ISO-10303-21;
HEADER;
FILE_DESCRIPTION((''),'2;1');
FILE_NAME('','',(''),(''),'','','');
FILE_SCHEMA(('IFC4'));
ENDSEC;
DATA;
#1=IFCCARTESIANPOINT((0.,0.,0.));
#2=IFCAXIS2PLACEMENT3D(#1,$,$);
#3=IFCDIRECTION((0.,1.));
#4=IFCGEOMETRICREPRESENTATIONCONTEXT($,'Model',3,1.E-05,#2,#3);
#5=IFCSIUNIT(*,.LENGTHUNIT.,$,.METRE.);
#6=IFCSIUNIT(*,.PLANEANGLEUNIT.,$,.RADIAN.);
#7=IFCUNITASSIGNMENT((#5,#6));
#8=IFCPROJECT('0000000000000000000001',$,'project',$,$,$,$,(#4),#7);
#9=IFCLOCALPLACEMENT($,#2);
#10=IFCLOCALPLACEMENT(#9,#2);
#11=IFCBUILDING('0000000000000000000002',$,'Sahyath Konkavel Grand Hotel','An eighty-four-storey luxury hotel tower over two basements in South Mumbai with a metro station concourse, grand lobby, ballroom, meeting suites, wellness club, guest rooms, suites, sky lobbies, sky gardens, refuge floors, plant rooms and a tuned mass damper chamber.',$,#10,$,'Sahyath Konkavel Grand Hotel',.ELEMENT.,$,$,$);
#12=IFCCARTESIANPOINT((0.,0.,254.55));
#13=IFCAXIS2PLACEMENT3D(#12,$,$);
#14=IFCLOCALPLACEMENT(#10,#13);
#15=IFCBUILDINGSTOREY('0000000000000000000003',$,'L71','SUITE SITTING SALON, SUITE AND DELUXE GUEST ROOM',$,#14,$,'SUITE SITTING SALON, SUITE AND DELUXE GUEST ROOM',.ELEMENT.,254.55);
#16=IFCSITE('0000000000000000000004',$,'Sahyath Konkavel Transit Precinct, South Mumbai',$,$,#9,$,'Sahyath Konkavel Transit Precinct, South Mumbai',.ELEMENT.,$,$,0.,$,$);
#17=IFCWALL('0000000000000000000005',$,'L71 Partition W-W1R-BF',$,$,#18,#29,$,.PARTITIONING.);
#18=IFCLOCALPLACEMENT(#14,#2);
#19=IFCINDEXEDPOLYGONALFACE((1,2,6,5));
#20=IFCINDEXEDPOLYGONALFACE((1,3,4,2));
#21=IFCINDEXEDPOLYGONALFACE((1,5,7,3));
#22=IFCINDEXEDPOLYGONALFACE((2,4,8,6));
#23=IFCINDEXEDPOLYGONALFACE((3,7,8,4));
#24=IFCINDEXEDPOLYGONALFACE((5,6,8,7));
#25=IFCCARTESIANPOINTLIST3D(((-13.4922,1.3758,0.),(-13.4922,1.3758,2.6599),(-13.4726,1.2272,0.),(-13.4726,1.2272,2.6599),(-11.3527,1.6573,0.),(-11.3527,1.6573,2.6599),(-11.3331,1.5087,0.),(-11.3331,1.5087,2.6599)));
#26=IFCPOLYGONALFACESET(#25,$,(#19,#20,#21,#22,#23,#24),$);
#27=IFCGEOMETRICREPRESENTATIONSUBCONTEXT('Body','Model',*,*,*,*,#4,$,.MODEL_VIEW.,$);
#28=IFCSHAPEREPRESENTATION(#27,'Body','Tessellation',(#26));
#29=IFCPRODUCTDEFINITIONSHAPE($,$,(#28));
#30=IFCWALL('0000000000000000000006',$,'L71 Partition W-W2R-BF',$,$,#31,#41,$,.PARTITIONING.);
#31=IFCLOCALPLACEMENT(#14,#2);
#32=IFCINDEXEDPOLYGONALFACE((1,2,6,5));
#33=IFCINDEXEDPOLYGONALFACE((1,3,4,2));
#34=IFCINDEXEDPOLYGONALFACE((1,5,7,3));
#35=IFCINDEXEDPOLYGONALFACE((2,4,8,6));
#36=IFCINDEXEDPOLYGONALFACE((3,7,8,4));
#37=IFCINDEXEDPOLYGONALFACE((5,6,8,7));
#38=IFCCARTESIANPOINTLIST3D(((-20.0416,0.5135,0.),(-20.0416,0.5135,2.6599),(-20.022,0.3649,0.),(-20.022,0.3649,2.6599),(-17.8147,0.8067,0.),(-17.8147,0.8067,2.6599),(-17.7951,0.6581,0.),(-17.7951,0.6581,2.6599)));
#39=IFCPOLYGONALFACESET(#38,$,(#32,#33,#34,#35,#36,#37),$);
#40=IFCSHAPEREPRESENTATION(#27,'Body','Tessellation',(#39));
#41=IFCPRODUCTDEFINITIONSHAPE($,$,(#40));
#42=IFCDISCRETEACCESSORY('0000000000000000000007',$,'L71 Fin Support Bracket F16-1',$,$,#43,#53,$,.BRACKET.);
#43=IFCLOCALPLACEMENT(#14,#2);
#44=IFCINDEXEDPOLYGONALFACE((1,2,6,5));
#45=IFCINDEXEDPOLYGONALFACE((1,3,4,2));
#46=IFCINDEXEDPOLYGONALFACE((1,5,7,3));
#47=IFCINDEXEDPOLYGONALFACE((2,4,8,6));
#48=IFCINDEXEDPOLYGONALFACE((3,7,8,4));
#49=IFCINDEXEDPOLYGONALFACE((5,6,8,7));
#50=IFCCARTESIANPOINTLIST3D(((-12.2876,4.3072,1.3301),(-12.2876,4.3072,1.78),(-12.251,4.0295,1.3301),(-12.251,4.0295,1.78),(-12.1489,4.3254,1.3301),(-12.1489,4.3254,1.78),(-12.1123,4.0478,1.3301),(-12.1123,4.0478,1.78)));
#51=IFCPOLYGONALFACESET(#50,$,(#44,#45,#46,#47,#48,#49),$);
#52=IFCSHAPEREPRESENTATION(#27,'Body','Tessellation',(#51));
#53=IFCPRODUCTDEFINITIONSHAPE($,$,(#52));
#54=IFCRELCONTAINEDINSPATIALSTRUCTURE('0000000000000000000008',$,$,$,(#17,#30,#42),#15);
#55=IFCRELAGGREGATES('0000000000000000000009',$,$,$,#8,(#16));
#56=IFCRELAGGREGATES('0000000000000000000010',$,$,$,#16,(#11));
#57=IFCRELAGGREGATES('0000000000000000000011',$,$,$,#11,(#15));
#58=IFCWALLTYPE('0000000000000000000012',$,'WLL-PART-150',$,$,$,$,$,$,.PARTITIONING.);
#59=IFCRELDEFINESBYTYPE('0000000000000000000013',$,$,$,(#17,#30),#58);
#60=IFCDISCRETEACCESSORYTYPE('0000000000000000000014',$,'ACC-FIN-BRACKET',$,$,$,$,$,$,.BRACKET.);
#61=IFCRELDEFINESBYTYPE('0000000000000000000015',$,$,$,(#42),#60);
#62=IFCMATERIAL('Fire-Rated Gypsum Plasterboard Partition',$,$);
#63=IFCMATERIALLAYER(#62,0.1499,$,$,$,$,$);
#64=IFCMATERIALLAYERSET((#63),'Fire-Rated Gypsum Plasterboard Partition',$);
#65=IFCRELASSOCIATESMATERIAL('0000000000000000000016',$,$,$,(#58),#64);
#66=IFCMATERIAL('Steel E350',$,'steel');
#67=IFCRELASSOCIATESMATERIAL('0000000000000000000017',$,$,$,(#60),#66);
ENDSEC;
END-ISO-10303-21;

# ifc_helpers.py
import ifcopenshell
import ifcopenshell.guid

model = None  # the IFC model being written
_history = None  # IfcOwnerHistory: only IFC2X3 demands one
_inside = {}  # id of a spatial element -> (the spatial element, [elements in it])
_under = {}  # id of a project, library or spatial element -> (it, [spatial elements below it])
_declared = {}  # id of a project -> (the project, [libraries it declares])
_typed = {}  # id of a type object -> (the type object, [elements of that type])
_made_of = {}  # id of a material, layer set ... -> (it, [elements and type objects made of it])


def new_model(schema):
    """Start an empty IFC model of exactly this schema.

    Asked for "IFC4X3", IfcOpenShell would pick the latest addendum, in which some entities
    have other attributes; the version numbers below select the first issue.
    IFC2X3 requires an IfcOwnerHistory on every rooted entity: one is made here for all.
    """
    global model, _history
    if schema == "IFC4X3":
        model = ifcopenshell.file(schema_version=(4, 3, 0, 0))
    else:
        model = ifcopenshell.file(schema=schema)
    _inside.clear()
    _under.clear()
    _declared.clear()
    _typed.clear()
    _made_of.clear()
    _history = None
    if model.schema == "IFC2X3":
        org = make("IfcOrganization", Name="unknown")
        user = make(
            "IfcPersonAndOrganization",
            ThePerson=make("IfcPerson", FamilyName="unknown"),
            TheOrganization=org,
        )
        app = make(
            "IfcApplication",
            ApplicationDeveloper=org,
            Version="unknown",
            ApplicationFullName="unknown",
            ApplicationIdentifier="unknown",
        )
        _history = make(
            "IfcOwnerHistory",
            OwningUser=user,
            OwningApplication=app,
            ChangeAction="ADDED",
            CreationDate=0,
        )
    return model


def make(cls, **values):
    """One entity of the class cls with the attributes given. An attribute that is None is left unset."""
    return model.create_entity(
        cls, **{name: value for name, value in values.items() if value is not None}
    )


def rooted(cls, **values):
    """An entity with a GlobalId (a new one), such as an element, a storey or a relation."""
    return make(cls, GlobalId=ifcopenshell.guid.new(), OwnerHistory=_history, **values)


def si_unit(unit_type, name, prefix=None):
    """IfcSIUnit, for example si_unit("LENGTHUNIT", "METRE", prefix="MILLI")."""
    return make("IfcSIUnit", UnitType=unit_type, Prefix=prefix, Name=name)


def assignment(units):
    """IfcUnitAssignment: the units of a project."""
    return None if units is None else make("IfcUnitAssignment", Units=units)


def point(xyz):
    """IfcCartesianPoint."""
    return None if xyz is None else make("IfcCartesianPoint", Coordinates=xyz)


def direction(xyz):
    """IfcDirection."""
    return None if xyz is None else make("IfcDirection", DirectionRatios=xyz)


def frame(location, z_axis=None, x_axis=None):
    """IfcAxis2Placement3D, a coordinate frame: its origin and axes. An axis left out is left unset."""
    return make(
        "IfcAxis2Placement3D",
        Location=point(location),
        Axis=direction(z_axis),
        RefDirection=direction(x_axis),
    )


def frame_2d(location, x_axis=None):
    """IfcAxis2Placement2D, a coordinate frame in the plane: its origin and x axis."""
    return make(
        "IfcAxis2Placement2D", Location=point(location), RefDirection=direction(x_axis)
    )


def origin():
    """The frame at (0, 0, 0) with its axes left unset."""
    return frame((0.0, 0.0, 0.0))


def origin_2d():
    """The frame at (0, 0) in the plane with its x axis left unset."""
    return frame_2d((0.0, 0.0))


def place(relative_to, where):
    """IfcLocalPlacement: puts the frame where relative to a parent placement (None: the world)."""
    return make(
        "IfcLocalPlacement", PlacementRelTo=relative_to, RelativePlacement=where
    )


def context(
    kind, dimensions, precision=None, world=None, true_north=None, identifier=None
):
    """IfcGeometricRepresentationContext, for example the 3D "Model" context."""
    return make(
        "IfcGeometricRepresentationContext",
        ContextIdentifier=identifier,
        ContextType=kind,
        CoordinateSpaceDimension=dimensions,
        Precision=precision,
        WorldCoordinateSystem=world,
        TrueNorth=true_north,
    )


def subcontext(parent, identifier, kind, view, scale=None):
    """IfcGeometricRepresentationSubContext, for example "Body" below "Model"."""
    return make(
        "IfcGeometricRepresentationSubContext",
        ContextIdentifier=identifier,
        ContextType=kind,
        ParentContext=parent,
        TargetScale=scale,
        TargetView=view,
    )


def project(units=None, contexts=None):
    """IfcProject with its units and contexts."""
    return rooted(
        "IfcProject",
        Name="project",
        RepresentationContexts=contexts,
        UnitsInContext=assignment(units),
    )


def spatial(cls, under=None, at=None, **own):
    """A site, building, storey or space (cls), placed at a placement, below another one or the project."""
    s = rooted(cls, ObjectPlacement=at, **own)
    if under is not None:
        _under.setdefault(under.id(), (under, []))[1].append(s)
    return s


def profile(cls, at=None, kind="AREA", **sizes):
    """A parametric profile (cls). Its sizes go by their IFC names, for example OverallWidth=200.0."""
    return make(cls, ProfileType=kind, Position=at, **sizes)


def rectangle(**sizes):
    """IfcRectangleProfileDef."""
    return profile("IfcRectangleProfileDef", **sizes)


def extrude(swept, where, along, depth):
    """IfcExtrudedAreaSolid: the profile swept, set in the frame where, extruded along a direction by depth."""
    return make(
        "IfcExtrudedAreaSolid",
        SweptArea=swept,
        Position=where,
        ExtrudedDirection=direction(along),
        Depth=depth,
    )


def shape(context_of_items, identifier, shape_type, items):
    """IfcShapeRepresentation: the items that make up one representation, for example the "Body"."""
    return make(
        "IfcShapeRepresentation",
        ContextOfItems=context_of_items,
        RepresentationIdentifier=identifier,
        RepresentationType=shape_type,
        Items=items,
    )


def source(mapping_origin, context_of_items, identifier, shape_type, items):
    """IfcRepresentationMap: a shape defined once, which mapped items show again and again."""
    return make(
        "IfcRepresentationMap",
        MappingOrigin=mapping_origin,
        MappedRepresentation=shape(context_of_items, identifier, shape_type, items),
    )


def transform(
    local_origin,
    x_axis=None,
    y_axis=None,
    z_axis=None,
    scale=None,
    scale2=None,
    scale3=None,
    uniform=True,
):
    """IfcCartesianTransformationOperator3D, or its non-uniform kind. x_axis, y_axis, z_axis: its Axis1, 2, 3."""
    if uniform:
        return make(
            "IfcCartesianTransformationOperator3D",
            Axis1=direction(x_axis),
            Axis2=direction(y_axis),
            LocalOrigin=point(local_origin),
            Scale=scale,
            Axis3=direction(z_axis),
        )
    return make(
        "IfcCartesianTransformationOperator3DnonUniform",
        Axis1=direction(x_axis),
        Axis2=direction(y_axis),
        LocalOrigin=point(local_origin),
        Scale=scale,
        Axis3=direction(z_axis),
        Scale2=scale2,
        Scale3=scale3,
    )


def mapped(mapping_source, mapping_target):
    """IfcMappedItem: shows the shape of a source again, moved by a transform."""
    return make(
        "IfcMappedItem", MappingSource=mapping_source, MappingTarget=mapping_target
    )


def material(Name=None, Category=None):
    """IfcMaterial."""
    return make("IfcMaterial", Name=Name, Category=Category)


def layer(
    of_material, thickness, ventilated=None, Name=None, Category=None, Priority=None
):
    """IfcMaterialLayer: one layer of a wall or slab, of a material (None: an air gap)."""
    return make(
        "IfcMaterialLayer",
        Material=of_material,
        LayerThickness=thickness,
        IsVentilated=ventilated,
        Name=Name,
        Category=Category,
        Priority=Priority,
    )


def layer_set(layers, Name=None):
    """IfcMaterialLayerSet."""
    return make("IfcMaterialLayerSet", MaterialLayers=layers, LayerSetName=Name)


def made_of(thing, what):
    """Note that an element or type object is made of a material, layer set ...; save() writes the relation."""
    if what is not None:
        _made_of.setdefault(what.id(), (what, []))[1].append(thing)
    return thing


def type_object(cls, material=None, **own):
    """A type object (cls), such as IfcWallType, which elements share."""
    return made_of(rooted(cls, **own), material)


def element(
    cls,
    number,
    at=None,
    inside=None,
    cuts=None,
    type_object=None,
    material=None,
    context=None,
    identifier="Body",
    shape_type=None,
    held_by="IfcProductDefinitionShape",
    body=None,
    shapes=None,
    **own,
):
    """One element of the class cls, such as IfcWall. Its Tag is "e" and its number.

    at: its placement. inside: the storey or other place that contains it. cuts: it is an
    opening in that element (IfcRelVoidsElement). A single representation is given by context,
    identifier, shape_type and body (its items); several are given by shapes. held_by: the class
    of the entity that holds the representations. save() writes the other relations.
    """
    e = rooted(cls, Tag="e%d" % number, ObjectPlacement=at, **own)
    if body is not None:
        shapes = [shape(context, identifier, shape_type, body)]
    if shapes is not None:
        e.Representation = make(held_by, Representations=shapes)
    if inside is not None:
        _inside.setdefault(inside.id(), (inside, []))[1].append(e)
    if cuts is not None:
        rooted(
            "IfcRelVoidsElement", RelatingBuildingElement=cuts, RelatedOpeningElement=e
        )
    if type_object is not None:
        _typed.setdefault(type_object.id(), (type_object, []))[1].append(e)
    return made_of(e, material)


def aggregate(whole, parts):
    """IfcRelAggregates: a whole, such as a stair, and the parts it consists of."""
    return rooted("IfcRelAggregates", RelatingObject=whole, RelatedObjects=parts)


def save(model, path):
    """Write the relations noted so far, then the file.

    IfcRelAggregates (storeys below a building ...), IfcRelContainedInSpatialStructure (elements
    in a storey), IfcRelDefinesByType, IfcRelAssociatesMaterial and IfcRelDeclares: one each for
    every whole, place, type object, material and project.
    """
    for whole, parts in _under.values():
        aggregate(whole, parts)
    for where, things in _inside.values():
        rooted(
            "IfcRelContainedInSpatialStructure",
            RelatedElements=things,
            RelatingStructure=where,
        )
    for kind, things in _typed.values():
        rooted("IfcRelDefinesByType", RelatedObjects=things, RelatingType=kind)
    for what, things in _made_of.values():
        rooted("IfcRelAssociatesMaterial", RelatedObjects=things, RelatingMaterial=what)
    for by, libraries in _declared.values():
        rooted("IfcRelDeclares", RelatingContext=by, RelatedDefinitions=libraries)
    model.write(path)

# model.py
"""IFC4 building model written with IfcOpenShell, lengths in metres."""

from ifc_helpers import new_model, si_unit, direction, frame, frame_2d, origin, origin_2d, place, context, subcontext, project, spatial, rectangle, extrude, source, transform, mapped, material, layer, layer_set, type_object, element, save


model = new_model("IFC4")

# Units and contexts
model_context = context("Model", 3, precision=1e-05, world=origin(), true_north=direction((0.0, 1.0)))
body_context = subcontext(model_context, "Body", "Model", "MODEL_VIEW")
ifc_project = project(units=[si_unit("LENGTHUNIT", "METRE"), si_unit("PLANEANGLEUNIT", "RADIAN")], contexts=[model_context])

# Site, building, storey
site_placement = place(None, origin())
site = spatial("IfcSite", under=ifc_project, at=site_placement, Name="Sahyath Konkavel Transit Precinct, South Mumbai", LongName="Sahyath Konkavel Transit Precinct, South Mumbai", CompositionType="ELEMENT", RefElevation=0.0)
building_placement = place(site_placement, origin())
building = spatial("IfcBuilding", under=site, at=building_placement, Name="Sahyath Konkavel Grand Hotel", Description="An eighty-four-storey luxury hotel tower over two basements in South Mumbai with a metro station concourse, grand lobby, ballroom, meeting suites, wellness club, guest rooms, suites, sky lobbies, sky gardens, refuge floors, plant rooms and a tuned mass damper chamber.", LongName="Sahyath Konkavel Grand Hotel", CompositionType="ELEMENT")
storey_placement = place(building_placement, frame((0.0, 0.0, 254.55)))
storey = spatial("IfcBuildingStorey", under=building, at=storey_placement, Name="L71", Description="SUITE SITTING SALON, SUITE AND DELUXE GUEST ROOM", LongName="SUITE SITTING SALON, SUITE AND DELUXE GUEST ROOM", CompositionType="ELEMENT", Elevation=254.55)

# Shared definitions
ifc_material_1 = material(Name="Steel E350", Category="steel")

# Shared definitions
ifc_material_2 = material(Name="Fire-Rated Gypsum Plasterboard Partition")
ifc_layer_1 = layer(ifc_material_2, 0.1499)
ifc_layer_set_1 = layer_set([ifc_layer_1], Name="Fire-Rated Gypsum Plasterboard Partition")
wall_type_1 = type_object("IfcWallType", Name="WLL-PART-150", PredefinedType="PARTITIONING", material=ifc_layer_set_1)

# Walls
wall_1_placement = place(storey_placement, frame((-11.3428, 1.583, 0.0), z_axis=(0.0, 0.0, 1.0), x_axis=(-0.991455, -0.130452, 0.0)))
element("IfcWall", 1, at=wall_1_placement, inside=storey, type_object=wall_type_1, Name="L71 Partition W-W1R-BF", PredefinedType="PARTITIONING", context=body_context, shape_type="SweptSolid", body=[
    extrude(rectangle(XDim=2.158, YDim=0.1499, at=frame_2d((1.0791, 0.0))), origin(), (0.0, 0.0, 1.0), 2.6599),
])
wall_2_placement = place(storey_placement, frame((-17.8049, 0.7324, 0.0), z_axis=(0.0, 0.0, 1.0), x_axis=(-0.991442, -0.130547, 0.0)))
element("IfcWall", 2, at=wall_2_placement, inside=storey, type_object=wall_type_1, Name="L71 Partition W-W2R-BF", PredefinedType="PARTITIONING", context=body_context, shape_type="SweptSolid", body=[
    extrude(rectangle(XDim=2.2461, YDim=0.1499, at=frame_2d((1.123, 0.0))), origin(), (0.0, 0.0, 1.0), 2.6599),
])

# Discrete accessory
discrete_accessory_type = type_object("IfcDiscreteAccessoryType", Name="ACC-FIN-BRACKET", PredefinedType="BRACKET", material=ifc_material_1)
shared_shape_1 = source(origin(), body_context, "Body", "SweptSolid", [
    extrude(rectangle(XDim=0.28, YDim=0.1399, at=origin_2d()), origin(), (0.0, 0.0, 1.0), 0.45),
])
discrete_accessory_placement = place(storey_placement, frame((-12.2, 4.1775, 1.3301), z_axis=(0.0, 0.0, 1.0), x_axis=(-0.130526, 0.991445, 0.0)))
element("IfcDiscreteAccessory", 3, at=discrete_accessory_placement, inside=storey, type_object=discrete_accessory_type, Name="L71 Fin Support Bracket F16-1", PredefinedType="BRACKET", context=body_context, shape_type="MappedRepresentation", body=[
    mapped(shared_shape_1, transform((0.0, 0.0, 0.0), scale=1.0)),
])

save(model, "model.ifc")
